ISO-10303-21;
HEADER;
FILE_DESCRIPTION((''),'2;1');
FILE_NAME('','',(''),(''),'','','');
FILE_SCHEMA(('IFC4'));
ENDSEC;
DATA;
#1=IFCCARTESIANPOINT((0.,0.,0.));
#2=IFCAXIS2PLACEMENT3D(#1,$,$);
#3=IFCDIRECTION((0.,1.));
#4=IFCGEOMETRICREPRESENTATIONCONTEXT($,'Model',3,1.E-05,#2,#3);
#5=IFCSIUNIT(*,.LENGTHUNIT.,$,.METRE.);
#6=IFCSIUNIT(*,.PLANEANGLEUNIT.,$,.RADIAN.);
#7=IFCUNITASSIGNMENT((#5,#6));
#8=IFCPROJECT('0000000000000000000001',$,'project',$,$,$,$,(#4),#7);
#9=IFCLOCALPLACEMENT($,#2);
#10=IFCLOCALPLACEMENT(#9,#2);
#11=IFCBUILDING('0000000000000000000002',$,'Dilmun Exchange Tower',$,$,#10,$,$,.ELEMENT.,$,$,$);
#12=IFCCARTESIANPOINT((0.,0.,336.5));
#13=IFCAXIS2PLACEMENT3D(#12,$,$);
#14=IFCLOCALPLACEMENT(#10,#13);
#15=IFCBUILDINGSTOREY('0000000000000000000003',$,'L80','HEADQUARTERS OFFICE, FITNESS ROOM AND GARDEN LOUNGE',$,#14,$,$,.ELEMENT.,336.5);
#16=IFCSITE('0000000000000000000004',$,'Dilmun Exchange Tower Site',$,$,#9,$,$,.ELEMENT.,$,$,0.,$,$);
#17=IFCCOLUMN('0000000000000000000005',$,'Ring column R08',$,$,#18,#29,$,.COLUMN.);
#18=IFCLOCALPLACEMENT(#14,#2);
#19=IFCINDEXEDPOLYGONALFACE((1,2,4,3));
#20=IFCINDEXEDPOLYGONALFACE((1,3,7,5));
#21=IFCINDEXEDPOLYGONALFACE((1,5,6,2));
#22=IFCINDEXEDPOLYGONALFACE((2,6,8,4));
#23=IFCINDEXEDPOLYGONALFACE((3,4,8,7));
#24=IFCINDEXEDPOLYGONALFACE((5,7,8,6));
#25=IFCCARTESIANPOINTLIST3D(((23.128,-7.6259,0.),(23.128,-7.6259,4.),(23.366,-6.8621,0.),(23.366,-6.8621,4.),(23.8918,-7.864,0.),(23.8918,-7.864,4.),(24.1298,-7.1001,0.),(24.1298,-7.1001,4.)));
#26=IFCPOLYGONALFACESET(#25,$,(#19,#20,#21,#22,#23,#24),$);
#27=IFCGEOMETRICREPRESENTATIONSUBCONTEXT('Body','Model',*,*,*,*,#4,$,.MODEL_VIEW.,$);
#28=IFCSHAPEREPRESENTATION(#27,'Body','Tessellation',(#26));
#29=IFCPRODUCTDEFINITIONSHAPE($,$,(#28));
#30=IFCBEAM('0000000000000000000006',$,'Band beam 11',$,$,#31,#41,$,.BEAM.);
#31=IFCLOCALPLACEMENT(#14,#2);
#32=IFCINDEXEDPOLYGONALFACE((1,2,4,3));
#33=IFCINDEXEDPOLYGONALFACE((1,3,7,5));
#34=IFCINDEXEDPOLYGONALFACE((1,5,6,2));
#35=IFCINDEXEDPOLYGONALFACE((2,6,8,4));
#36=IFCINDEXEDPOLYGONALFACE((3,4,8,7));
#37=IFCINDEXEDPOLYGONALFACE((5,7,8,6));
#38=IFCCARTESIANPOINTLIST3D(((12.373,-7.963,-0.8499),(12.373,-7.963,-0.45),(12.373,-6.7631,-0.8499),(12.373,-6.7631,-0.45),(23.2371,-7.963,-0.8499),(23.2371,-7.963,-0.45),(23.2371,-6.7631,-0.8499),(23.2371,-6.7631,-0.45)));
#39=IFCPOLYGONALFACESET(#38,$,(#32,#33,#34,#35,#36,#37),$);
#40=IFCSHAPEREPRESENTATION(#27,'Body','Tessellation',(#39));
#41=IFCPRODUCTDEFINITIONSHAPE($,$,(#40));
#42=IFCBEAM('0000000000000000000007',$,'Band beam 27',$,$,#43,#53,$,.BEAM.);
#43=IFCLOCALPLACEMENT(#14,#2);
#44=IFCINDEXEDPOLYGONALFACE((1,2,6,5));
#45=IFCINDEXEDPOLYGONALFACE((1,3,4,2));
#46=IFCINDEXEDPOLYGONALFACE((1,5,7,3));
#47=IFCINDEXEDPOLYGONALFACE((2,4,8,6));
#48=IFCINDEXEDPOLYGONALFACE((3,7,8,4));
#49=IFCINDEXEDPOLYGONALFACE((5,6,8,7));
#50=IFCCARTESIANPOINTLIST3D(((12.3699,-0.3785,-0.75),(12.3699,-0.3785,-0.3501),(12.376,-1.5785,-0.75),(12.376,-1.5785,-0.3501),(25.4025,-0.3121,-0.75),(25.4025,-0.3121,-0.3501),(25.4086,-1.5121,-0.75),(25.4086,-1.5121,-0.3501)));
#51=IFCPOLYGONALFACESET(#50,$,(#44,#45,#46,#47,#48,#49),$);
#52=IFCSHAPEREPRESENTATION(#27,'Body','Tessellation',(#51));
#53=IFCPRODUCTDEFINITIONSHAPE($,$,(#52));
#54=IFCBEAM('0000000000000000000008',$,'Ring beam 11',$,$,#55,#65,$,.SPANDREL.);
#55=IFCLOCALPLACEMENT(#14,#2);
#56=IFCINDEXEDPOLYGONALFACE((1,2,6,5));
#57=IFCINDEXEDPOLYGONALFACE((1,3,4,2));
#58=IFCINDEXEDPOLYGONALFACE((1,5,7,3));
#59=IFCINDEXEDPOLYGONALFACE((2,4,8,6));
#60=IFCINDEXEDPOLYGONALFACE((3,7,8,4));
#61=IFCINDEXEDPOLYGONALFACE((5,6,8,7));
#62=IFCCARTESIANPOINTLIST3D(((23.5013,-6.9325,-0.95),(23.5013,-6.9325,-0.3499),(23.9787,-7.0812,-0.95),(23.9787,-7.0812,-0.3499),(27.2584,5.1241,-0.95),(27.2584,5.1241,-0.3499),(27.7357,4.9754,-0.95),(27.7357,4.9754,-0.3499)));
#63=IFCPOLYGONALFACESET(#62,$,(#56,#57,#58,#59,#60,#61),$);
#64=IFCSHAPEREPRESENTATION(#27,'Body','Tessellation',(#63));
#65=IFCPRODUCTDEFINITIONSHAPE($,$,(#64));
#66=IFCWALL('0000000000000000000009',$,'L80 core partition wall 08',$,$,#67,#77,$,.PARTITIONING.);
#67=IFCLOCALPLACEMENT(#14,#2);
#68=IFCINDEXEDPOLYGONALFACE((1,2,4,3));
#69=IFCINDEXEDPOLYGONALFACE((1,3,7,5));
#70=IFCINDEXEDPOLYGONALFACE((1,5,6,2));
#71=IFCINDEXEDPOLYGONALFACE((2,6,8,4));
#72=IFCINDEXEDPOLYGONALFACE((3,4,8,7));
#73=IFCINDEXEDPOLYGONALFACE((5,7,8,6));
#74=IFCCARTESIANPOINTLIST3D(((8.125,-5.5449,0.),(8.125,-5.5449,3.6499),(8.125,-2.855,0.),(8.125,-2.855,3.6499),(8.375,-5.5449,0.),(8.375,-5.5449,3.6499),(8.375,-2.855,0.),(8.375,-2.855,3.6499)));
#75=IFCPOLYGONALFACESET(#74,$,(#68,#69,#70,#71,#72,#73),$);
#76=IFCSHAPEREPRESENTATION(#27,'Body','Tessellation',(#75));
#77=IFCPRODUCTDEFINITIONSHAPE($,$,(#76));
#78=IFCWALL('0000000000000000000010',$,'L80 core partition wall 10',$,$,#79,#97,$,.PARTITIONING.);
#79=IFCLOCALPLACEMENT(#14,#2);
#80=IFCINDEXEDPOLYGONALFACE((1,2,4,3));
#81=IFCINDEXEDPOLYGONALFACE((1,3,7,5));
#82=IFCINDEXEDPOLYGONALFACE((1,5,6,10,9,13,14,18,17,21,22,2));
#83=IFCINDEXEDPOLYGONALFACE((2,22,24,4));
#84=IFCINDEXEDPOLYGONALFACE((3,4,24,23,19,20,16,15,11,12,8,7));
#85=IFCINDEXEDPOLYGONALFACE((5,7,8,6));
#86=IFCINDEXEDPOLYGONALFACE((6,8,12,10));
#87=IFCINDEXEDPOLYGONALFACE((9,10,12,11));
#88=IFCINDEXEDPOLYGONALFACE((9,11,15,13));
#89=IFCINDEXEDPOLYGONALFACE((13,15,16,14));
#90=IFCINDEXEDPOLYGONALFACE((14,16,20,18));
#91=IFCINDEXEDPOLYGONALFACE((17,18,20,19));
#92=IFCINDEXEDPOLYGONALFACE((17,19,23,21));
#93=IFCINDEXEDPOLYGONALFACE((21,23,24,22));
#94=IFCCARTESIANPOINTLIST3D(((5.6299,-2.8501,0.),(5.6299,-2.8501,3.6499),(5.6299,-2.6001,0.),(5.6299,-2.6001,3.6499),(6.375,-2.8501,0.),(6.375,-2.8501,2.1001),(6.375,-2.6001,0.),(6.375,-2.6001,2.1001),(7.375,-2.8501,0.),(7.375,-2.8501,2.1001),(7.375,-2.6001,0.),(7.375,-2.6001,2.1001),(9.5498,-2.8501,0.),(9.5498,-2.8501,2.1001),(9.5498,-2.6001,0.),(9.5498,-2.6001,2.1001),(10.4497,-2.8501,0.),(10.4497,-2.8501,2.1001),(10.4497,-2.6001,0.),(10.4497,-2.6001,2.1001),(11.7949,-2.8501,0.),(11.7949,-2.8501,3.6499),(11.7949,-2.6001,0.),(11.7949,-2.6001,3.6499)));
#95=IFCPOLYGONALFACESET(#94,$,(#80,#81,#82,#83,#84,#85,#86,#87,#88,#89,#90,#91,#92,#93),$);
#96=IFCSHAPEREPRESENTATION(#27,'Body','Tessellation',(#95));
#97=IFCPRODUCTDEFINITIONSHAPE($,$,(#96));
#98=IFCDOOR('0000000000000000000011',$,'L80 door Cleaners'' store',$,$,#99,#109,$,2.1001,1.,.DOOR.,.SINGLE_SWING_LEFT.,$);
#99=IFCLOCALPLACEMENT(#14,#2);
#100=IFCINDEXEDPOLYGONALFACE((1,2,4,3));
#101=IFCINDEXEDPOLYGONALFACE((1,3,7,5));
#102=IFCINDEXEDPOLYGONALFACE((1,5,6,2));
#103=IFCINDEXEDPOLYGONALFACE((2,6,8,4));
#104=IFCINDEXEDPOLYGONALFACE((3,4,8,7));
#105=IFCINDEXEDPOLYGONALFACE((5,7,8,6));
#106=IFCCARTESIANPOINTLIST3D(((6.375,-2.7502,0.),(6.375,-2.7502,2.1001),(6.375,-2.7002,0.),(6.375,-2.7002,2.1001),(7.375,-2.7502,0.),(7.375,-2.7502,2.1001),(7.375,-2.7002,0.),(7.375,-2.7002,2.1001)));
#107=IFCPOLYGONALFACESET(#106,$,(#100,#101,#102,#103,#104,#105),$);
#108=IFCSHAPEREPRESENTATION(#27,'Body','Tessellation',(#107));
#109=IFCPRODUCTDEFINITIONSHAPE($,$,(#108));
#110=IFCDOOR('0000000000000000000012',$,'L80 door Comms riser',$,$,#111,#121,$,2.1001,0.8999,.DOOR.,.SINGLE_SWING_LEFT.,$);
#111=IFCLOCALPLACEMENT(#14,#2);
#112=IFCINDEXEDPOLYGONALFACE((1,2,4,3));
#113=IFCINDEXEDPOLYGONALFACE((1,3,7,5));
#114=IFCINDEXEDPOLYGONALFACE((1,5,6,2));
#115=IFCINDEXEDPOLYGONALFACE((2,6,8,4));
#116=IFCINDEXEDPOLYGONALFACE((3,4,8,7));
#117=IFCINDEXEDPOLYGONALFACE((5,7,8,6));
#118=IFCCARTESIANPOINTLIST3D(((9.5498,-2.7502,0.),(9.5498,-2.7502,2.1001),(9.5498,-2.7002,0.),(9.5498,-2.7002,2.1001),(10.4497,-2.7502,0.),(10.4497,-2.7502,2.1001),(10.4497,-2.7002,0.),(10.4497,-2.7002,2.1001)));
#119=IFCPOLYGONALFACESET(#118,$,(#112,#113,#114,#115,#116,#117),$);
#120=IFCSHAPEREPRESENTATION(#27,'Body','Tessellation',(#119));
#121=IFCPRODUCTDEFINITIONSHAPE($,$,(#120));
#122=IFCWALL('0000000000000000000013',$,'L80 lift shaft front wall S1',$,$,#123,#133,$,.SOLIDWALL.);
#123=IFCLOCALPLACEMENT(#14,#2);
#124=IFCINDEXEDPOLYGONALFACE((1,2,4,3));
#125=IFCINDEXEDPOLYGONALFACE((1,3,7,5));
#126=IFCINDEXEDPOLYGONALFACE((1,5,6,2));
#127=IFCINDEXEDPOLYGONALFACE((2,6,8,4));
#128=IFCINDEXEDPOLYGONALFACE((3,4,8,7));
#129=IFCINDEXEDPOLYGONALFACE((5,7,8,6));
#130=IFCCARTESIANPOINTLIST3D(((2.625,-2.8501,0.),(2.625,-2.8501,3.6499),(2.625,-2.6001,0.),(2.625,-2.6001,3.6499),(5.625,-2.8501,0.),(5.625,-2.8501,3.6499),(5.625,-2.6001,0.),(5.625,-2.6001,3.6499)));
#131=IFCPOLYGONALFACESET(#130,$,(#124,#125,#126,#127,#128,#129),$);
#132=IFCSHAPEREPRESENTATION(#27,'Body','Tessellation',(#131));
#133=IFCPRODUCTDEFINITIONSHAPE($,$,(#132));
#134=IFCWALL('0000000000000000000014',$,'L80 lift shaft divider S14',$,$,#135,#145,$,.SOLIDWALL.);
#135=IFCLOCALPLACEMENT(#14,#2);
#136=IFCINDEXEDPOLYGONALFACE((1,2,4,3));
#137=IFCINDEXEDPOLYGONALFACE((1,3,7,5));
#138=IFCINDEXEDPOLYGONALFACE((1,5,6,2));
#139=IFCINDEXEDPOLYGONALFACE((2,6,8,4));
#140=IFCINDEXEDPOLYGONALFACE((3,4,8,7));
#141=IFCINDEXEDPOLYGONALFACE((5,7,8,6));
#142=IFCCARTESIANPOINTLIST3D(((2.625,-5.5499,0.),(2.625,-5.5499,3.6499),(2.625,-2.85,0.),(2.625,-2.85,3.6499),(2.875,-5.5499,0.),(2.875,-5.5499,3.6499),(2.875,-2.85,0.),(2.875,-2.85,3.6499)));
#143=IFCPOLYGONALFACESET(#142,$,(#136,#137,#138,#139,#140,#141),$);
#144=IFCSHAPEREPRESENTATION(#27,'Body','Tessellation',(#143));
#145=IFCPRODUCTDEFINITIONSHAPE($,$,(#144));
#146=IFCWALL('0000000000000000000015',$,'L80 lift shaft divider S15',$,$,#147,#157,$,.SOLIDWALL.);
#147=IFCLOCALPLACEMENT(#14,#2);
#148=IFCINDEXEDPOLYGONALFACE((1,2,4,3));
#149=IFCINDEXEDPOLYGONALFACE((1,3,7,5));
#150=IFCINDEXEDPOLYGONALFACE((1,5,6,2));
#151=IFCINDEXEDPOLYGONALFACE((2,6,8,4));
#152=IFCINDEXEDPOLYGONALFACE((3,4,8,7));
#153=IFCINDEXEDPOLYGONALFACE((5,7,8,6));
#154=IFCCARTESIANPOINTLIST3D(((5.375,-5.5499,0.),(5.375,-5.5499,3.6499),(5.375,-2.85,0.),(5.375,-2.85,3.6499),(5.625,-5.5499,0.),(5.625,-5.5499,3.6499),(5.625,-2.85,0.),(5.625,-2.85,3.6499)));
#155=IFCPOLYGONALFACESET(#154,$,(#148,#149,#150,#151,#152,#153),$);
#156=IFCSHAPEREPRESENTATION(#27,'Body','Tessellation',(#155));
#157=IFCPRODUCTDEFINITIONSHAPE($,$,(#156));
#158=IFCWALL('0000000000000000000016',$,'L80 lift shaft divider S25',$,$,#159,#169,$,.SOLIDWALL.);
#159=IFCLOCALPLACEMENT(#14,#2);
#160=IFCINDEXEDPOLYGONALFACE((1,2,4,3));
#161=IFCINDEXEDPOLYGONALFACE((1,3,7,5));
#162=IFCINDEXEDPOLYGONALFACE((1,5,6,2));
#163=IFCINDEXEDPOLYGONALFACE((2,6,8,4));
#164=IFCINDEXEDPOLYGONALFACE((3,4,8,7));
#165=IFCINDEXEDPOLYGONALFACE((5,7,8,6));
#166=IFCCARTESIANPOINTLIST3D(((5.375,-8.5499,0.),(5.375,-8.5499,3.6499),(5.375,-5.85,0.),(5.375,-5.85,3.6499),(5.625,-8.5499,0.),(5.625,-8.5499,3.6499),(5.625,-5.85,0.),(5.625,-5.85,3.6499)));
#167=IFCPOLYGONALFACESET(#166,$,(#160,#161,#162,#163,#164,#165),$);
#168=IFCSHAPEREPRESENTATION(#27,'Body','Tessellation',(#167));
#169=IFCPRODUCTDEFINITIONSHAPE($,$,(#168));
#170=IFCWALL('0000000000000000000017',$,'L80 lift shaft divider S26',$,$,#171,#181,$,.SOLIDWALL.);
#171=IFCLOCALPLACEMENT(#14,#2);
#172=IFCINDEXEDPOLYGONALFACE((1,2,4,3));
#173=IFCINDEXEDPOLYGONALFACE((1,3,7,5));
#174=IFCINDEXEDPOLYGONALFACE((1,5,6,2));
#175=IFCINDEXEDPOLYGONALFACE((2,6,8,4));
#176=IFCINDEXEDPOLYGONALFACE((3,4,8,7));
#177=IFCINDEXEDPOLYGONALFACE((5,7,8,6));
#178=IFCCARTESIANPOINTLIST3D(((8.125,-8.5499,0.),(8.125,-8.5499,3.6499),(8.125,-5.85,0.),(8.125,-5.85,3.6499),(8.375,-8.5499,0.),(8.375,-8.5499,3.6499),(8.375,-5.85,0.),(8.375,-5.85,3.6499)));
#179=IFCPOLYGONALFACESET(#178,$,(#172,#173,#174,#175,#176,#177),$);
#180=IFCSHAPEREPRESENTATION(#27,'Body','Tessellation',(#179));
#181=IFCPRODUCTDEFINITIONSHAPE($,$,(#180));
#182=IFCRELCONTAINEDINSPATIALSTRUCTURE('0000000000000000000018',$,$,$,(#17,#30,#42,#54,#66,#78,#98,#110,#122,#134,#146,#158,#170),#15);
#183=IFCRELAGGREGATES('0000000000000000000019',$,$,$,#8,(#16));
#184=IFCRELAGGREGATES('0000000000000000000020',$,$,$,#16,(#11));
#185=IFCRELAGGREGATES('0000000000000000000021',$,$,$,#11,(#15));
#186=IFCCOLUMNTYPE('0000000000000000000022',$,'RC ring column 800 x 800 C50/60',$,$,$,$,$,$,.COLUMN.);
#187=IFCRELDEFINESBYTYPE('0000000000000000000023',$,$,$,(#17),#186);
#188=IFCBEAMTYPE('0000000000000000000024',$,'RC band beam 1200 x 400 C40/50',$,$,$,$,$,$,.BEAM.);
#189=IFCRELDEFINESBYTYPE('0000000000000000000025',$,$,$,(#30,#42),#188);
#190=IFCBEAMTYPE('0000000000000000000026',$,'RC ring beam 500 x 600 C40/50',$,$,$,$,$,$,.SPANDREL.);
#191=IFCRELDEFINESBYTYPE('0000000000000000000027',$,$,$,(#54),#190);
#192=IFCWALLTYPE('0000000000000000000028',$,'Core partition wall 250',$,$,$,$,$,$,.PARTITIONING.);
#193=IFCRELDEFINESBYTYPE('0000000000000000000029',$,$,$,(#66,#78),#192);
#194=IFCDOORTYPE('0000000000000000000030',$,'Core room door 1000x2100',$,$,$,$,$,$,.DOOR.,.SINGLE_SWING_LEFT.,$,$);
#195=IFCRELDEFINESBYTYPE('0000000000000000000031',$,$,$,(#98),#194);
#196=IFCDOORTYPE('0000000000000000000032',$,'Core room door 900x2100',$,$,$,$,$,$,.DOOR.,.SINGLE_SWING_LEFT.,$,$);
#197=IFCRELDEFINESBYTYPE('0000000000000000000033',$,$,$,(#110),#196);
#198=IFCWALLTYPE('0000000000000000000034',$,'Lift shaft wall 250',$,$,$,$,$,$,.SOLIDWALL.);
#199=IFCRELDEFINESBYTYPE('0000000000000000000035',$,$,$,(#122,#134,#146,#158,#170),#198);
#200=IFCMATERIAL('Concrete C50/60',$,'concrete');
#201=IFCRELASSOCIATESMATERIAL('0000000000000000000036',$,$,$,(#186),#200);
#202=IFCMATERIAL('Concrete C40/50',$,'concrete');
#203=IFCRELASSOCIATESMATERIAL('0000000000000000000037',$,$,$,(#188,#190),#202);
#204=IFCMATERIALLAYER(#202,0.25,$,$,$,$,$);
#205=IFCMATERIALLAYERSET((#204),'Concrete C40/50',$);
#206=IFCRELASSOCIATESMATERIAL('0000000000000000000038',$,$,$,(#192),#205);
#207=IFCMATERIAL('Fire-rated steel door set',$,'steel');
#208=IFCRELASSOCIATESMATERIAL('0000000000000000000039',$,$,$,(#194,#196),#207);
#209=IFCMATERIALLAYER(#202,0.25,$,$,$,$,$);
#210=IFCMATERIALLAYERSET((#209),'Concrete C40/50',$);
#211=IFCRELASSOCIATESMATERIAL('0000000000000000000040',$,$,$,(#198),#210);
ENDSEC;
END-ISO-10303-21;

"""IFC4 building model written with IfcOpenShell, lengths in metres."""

from ifc_helpers import new_model, si_unit, direction, frame, frame_2d, origin, origin_2d, place, context, subcontext, project, spatial, rectangle, extrude, material, layer, layer_set, material_profile, profile_set, type_object, element, fill, save


model = new_model("IFC4")

# Units and contexts
model_context = context("Model", 3, precision=1e-05, world=origin(), true_north=direction((0.0, 1.0)))
body_context = subcontext(model_context, "Body", "Model", "MODEL_VIEW")
ifc_project = project(units=[si_unit("LENGTHUNIT", "METRE"), si_unit("PLANEANGLEUNIT", "RADIAN")], contexts=[model_context])

# Site, building, storey
site_placement = place(None, origin())
site = spatial("IfcSite", under=ifc_project, at=site_placement, Name="Dilmun Exchange Tower Site", CompositionType="ELEMENT", RefElevation=0.0)
building_placement = place(site_placement, origin())
building = spatial("IfcBuilding", under=site, at=building_placement, Name="Dilmun Exchange Tower", CompositionType="ELEMENT")
storey_placement = place(building_placement, frame((0.0, 0.0, 336.5)))
storey = spatial("IfcBuildingStorey", under=building, at=storey_placement, Name="L80", Description="HEADQUARTERS OFFICE, FITNESS ROOM AND GARDEN LOUNGE", CompositionType="ELEMENT", Elevation=336.5)

# Column
ifc_material_1 = material(Name="Concrete C50/60", Category="concrete")
ifc_material_profile_1 = material_profile(ifc_material_1, rectangle(XDim=0.8, YDim=0.8, at=origin_2d()), Name="800 x 800")
ifc_profile_set_1 = profile_set([ifc_material_profile_1], Name="Concrete C50/60")
column_type = type_object("IfcColumnType", Name="RC ring column 800 x 800 C50/60", PredefinedType="COLUMN", material=ifc_profile_set_1)
column_placement = place(storey_placement, frame((23.6289, -7.363, 0.0), z_axis=(0.0, 0.0, 1.0), x_axis=(0.297503, 0.954721, 0.0)))
element("IfcColumn", 1, at=column_placement, inside=storey, type_object=column_type, Name="Ring column R08", PredefinedType="COLUMN", context=body_context, shape_type="SweptSolid", body=[
    extrude(rectangle(XDim=0.8, YDim=0.8, at=origin_2d()), origin(), (0.0, 0.0, 1.0), 4.0),
])

# Beams
ifc_material_2 = material(Name="Concrete C40/50", Category="concrete")
ifc_material_profile_2 = material_profile(ifc_material_2, rectangle(XDim=1.2, YDim=0.3999, at=origin_2d()), Name="1200 x 400")
ifc_profile_set_2 = profile_set([ifc_material_profile_2], Name="Concrete C40/50")
beam_type_1 = type_object("IfcBeamType", Name="RC band beam 1200 x 400 C40/50", PredefinedType="BEAM", material=ifc_profile_set_2)
beam_1_placement = place(storey_placement, frame((23.2371, -7.363, -0.6499), z_axis=(-1.0, 0.0, 0.0), x_axis=(0.0, -1.0, 0.0)))
element("IfcBeam", 2, at=beam_1_placement, inside=storey, type_object=beam_type_1, Name="Band beam 11", PredefinedType="BEAM", context=body_context, shape_type="SweptSolid", body=[
    extrude(rectangle(XDim=1.2, YDim=0.3999, at=origin_2d()), origin(), (0.0, 0.0, 1.0), 10.864),
])
beam_2_placement = place(storey_placement, frame((25.4055, -0.9121, -0.55), z_axis=(-0.999987, -0.005095, 0.0), x_axis=(0.005095, -0.999987, 0.0)))
element("IfcBeam", 3, at=beam_2_placement, inside=storey, type_object=beam_type_1, Name="Band beam 27", PredefinedType="BEAM", context=body_context, shape_type="SweptSolid", body=[
    extrude(rectangle(XDim=1.2, YDim=0.3999, at=origin_2d()), origin(), (0.0, 0.0, 1.0), 13.0327),
])
ifc_material_profile_3 = material_profile(ifc_material_2, rectangle(XDim=0.5, YDim=0.6001, at=origin_2d()), Name="500 x 600")
ifc_profile_set_3 = profile_set([ifc_material_profile_3], Name="Concrete C40/50")
beam_type_2 = type_object("IfcBeamType", Name="RC ring beam 500 x 600 C40/50", PredefinedType="SPANDREL", material=ifc_profile_set_3)
beam_3_placement = place(storey_placement, frame((23.74, -7.0068, -0.6499), z_axis=(0.297509, 0.954719, 0.0), x_axis=(-0.954719, 0.297509, 0.0)))
element("IfcBeam", 4, at=beam_3_placement, inside=storey, type_object=beam_type_2, Name="Ring beam 11", PredefinedType="SPANDREL", context=body_context, shape_type="SweptSolid", body=[
    extrude(rectangle(XDim=0.5, YDim=0.6001, at=origin_2d()), origin(), (0.0, 0.0, 1.0), 12.6284),
])

# Wall
ifc_layer_1 = layer(ifc_material_2, 0.25)
ifc_layer_set_1 = layer_set([ifc_layer_1], Name="Concrete C40/50")
wall_type_1 = type_object("IfcWallType", Name="Core partition wall 250", PredefinedType="PARTITIONING", material=ifc_layer_set_1)
wall_1_placement = place(storey_placement, frame((8.25, -5.5449, 0.0), z_axis=(0.0, 0.0, 1.0), x_axis=(0.0, 1.0, 0.0)))
element("IfcWall", 5, at=wall_1_placement, inside=storey, type_object=wall_type_1, Name="L80 core partition wall 08", PredefinedType="PARTITIONING", context=body_context, shape_type="SweptSolid", body=[
    extrude(rectangle(XDim=2.6899, YDim=0.25, at=frame_2d((1.345, 0.0))), origin(), (0.0, 0.0, 1.0), 3.6499),
])

# Wall, openings, doors
wall_2_placement = place(storey_placement, frame((5.6299, -2.7251, 0.0), z_axis=(0.0, 0.0, 1.0), x_axis=(1.0, 0.0, 0.0)))
wall_2 = element("IfcWall", 6, at=wall_2_placement, inside=storey, type_object=wall_type_1, Name="L80 core partition wall 10", PredefinedType="PARTITIONING", context=body_context, shape_type="SweptSolid", body=[
    extrude(rectangle(XDim=6.165, YDim=0.25, at=frame_2d((3.0825, 0.0))), origin(), (0.0, 0.0, 1.0), 3.6499),
])
opening_1_placement = place(wall_2_placement, frame((0.7451, 0.0, 0.0)))
opening_1 = element("IfcOpeningElement", 7, at=opening_1_placement, cuts=wall_2, PredefinedType="OPENING", context=body_context, shape_type="SweptSolid", body=[
    extrude(rectangle(XDim=1.0, YDim=2.1001, at=frame_2d((0.5, 1.05))), frame((0.0, 0.135, 0.0), z_axis=(0.0, -1.0, 0.0), x_axis=(1.0, 0.0, 0.0)), (0.0, 0.0, 1.0), 0.27),
])
opening_2_placement = place(wall_2_placement, frame((3.9199, 0.0, 0.0)))
opening_2 = element("IfcOpeningElement", 8, at=opening_2_placement, cuts=wall_2, PredefinedType="OPENING", context=body_context, shape_type="SweptSolid", body=[
    extrude(rectangle(XDim=0.8999, YDim=2.1001, at=frame_2d((0.45, 1.05))), frame((0.0, 0.135, 0.0), z_axis=(0.0, -1.0, 0.0), x_axis=(1.0, 0.0, 0.0)), (0.0, 0.0, 1.0), 0.27),
])
ifc_material_3 = material(Name="Fire-rated steel door set", Category="steel")
door_type_1 = type_object("IfcDoorType", Name="Core room door 1000x2100", OperationType="SINGLE_SWING_LEFT", PredefinedType="DOOR", material=ifc_material_3)
door_1_placement = place(opening_1_placement, origin())
door_1 = element("IfcDoor", 9, at=door_1_placement, inside=storey, type_object=door_type_1, Name="L80 door Cleaners' store", OperationType="SINGLE_SWING_LEFT", OverallHeight=2.1001, OverallWidth=1.0, PredefinedType="DOOR", context=body_context, shape_type="SweptSolid", body=[
    extrude(rectangle(XDim=1.0, YDim=2.1001, at=frame_2d((0.5, 1.05))), frame((0.0, 0.0249, 0.0), z_axis=(0.0, -1.0, 0.0), x_axis=(1.0, 0.0, 0.0)), (0.0, 0.0, 1.0), 0.05),
])
fill(opening_1, door_1)
door_type_2 = type_object("IfcDoorType", Name="Core room door 900x2100", OperationType="SINGLE_SWING_LEFT", PredefinedType="DOOR", material=ifc_material_3)
door_2_placement = place(opening_2_placement, origin())
door_2 = element("IfcDoor", 10, at=door_2_placement, inside=storey, type_object=door_type_2, Name="L80 door Comms riser", OperationType="SINGLE_SWING_LEFT", OverallHeight=2.1001, OverallWidth=0.8999, PredefinedType="DOOR", context=body_context, shape_type="SweptSolid", body=[
    extrude(rectangle(XDim=0.8999, YDim=2.1001, at=frame_2d((0.45, 1.05))), frame((0.0, 0.0249, 0.0), z_axis=(0.0, -1.0, 0.0), x_axis=(1.0, 0.0, 0.0)), (0.0, 0.0, 1.0), 0.05),
])
fill(opening_2, door_2)

# Walls
ifc_layer_2 = layer(ifc_material_2, 0.25)
ifc_layer_set_2 = layer_set([ifc_layer_2], Name="Concrete C40/50")
wall_type_2 = type_object("IfcWallType", Name="Lift shaft wall 250", PredefinedType="SOLIDWALL", material=ifc_layer_set_2)
wall_3_placement = place(storey_placement, frame((2.625, -2.7251, 0.0), z_axis=(0.0, 0.0, 1.0), x_axis=(1.0, 0.0, 0.0)))
element("IfcWall", 11, at=wall_3_placement, inside=storey, type_object=wall_type_2, Name="L80 lift shaft front wall S1", PredefinedType="SOLIDWALL", context=body_context, shape_type="SweptSolid", body=[
    extrude(rectangle(XDim=3.0, YDim=0.25, at=frame_2d((1.5, 0.0))), origin(), (0.0, 0.0, 1.0), 3.6499),
])
for number, where, z_axis, x_axis, name in (
    (12, (2.75, -5.55, 0.0), (0.0, 0.0, 1.0), (0.0, 1.0, 0.0), "L80 lift shaft divider S14"),
    (13, (5.5, -5.55, 0.0), (0.0, 0.0, 1.0), (0.0, 1.0, 0.0), "L80 lift shaft divider S15"),
    (14, (5.5, -8.55, 0.0), (0.0, 0.0, 1.0), (0.0, 1.0, 0.0), "L80 lift shaft divider S25"),
    (15, (8.25, -8.55, 0.0), (0.0, 0.0, 1.0), (0.0, 1.0, 0.0), "L80 lift shaft divider S26"),
):
    element("IfcWall", number, at=place(storey_placement, frame(where, z_axis=z_axis, x_axis=x_axis)), inside=storey, type_object=wall_type_2, Name=name, PredefinedType="SOLIDWALL", context=body_context, shape_type="SweptSolid", body=[
        extrude(rectangle(XDim=2.7, YDim=0.25, at=frame_2d((1.3501, 0.0))), origin(), (0.0, 0.0, 1.0), 3.6499),
    ])

save(model, "model.ifc")
